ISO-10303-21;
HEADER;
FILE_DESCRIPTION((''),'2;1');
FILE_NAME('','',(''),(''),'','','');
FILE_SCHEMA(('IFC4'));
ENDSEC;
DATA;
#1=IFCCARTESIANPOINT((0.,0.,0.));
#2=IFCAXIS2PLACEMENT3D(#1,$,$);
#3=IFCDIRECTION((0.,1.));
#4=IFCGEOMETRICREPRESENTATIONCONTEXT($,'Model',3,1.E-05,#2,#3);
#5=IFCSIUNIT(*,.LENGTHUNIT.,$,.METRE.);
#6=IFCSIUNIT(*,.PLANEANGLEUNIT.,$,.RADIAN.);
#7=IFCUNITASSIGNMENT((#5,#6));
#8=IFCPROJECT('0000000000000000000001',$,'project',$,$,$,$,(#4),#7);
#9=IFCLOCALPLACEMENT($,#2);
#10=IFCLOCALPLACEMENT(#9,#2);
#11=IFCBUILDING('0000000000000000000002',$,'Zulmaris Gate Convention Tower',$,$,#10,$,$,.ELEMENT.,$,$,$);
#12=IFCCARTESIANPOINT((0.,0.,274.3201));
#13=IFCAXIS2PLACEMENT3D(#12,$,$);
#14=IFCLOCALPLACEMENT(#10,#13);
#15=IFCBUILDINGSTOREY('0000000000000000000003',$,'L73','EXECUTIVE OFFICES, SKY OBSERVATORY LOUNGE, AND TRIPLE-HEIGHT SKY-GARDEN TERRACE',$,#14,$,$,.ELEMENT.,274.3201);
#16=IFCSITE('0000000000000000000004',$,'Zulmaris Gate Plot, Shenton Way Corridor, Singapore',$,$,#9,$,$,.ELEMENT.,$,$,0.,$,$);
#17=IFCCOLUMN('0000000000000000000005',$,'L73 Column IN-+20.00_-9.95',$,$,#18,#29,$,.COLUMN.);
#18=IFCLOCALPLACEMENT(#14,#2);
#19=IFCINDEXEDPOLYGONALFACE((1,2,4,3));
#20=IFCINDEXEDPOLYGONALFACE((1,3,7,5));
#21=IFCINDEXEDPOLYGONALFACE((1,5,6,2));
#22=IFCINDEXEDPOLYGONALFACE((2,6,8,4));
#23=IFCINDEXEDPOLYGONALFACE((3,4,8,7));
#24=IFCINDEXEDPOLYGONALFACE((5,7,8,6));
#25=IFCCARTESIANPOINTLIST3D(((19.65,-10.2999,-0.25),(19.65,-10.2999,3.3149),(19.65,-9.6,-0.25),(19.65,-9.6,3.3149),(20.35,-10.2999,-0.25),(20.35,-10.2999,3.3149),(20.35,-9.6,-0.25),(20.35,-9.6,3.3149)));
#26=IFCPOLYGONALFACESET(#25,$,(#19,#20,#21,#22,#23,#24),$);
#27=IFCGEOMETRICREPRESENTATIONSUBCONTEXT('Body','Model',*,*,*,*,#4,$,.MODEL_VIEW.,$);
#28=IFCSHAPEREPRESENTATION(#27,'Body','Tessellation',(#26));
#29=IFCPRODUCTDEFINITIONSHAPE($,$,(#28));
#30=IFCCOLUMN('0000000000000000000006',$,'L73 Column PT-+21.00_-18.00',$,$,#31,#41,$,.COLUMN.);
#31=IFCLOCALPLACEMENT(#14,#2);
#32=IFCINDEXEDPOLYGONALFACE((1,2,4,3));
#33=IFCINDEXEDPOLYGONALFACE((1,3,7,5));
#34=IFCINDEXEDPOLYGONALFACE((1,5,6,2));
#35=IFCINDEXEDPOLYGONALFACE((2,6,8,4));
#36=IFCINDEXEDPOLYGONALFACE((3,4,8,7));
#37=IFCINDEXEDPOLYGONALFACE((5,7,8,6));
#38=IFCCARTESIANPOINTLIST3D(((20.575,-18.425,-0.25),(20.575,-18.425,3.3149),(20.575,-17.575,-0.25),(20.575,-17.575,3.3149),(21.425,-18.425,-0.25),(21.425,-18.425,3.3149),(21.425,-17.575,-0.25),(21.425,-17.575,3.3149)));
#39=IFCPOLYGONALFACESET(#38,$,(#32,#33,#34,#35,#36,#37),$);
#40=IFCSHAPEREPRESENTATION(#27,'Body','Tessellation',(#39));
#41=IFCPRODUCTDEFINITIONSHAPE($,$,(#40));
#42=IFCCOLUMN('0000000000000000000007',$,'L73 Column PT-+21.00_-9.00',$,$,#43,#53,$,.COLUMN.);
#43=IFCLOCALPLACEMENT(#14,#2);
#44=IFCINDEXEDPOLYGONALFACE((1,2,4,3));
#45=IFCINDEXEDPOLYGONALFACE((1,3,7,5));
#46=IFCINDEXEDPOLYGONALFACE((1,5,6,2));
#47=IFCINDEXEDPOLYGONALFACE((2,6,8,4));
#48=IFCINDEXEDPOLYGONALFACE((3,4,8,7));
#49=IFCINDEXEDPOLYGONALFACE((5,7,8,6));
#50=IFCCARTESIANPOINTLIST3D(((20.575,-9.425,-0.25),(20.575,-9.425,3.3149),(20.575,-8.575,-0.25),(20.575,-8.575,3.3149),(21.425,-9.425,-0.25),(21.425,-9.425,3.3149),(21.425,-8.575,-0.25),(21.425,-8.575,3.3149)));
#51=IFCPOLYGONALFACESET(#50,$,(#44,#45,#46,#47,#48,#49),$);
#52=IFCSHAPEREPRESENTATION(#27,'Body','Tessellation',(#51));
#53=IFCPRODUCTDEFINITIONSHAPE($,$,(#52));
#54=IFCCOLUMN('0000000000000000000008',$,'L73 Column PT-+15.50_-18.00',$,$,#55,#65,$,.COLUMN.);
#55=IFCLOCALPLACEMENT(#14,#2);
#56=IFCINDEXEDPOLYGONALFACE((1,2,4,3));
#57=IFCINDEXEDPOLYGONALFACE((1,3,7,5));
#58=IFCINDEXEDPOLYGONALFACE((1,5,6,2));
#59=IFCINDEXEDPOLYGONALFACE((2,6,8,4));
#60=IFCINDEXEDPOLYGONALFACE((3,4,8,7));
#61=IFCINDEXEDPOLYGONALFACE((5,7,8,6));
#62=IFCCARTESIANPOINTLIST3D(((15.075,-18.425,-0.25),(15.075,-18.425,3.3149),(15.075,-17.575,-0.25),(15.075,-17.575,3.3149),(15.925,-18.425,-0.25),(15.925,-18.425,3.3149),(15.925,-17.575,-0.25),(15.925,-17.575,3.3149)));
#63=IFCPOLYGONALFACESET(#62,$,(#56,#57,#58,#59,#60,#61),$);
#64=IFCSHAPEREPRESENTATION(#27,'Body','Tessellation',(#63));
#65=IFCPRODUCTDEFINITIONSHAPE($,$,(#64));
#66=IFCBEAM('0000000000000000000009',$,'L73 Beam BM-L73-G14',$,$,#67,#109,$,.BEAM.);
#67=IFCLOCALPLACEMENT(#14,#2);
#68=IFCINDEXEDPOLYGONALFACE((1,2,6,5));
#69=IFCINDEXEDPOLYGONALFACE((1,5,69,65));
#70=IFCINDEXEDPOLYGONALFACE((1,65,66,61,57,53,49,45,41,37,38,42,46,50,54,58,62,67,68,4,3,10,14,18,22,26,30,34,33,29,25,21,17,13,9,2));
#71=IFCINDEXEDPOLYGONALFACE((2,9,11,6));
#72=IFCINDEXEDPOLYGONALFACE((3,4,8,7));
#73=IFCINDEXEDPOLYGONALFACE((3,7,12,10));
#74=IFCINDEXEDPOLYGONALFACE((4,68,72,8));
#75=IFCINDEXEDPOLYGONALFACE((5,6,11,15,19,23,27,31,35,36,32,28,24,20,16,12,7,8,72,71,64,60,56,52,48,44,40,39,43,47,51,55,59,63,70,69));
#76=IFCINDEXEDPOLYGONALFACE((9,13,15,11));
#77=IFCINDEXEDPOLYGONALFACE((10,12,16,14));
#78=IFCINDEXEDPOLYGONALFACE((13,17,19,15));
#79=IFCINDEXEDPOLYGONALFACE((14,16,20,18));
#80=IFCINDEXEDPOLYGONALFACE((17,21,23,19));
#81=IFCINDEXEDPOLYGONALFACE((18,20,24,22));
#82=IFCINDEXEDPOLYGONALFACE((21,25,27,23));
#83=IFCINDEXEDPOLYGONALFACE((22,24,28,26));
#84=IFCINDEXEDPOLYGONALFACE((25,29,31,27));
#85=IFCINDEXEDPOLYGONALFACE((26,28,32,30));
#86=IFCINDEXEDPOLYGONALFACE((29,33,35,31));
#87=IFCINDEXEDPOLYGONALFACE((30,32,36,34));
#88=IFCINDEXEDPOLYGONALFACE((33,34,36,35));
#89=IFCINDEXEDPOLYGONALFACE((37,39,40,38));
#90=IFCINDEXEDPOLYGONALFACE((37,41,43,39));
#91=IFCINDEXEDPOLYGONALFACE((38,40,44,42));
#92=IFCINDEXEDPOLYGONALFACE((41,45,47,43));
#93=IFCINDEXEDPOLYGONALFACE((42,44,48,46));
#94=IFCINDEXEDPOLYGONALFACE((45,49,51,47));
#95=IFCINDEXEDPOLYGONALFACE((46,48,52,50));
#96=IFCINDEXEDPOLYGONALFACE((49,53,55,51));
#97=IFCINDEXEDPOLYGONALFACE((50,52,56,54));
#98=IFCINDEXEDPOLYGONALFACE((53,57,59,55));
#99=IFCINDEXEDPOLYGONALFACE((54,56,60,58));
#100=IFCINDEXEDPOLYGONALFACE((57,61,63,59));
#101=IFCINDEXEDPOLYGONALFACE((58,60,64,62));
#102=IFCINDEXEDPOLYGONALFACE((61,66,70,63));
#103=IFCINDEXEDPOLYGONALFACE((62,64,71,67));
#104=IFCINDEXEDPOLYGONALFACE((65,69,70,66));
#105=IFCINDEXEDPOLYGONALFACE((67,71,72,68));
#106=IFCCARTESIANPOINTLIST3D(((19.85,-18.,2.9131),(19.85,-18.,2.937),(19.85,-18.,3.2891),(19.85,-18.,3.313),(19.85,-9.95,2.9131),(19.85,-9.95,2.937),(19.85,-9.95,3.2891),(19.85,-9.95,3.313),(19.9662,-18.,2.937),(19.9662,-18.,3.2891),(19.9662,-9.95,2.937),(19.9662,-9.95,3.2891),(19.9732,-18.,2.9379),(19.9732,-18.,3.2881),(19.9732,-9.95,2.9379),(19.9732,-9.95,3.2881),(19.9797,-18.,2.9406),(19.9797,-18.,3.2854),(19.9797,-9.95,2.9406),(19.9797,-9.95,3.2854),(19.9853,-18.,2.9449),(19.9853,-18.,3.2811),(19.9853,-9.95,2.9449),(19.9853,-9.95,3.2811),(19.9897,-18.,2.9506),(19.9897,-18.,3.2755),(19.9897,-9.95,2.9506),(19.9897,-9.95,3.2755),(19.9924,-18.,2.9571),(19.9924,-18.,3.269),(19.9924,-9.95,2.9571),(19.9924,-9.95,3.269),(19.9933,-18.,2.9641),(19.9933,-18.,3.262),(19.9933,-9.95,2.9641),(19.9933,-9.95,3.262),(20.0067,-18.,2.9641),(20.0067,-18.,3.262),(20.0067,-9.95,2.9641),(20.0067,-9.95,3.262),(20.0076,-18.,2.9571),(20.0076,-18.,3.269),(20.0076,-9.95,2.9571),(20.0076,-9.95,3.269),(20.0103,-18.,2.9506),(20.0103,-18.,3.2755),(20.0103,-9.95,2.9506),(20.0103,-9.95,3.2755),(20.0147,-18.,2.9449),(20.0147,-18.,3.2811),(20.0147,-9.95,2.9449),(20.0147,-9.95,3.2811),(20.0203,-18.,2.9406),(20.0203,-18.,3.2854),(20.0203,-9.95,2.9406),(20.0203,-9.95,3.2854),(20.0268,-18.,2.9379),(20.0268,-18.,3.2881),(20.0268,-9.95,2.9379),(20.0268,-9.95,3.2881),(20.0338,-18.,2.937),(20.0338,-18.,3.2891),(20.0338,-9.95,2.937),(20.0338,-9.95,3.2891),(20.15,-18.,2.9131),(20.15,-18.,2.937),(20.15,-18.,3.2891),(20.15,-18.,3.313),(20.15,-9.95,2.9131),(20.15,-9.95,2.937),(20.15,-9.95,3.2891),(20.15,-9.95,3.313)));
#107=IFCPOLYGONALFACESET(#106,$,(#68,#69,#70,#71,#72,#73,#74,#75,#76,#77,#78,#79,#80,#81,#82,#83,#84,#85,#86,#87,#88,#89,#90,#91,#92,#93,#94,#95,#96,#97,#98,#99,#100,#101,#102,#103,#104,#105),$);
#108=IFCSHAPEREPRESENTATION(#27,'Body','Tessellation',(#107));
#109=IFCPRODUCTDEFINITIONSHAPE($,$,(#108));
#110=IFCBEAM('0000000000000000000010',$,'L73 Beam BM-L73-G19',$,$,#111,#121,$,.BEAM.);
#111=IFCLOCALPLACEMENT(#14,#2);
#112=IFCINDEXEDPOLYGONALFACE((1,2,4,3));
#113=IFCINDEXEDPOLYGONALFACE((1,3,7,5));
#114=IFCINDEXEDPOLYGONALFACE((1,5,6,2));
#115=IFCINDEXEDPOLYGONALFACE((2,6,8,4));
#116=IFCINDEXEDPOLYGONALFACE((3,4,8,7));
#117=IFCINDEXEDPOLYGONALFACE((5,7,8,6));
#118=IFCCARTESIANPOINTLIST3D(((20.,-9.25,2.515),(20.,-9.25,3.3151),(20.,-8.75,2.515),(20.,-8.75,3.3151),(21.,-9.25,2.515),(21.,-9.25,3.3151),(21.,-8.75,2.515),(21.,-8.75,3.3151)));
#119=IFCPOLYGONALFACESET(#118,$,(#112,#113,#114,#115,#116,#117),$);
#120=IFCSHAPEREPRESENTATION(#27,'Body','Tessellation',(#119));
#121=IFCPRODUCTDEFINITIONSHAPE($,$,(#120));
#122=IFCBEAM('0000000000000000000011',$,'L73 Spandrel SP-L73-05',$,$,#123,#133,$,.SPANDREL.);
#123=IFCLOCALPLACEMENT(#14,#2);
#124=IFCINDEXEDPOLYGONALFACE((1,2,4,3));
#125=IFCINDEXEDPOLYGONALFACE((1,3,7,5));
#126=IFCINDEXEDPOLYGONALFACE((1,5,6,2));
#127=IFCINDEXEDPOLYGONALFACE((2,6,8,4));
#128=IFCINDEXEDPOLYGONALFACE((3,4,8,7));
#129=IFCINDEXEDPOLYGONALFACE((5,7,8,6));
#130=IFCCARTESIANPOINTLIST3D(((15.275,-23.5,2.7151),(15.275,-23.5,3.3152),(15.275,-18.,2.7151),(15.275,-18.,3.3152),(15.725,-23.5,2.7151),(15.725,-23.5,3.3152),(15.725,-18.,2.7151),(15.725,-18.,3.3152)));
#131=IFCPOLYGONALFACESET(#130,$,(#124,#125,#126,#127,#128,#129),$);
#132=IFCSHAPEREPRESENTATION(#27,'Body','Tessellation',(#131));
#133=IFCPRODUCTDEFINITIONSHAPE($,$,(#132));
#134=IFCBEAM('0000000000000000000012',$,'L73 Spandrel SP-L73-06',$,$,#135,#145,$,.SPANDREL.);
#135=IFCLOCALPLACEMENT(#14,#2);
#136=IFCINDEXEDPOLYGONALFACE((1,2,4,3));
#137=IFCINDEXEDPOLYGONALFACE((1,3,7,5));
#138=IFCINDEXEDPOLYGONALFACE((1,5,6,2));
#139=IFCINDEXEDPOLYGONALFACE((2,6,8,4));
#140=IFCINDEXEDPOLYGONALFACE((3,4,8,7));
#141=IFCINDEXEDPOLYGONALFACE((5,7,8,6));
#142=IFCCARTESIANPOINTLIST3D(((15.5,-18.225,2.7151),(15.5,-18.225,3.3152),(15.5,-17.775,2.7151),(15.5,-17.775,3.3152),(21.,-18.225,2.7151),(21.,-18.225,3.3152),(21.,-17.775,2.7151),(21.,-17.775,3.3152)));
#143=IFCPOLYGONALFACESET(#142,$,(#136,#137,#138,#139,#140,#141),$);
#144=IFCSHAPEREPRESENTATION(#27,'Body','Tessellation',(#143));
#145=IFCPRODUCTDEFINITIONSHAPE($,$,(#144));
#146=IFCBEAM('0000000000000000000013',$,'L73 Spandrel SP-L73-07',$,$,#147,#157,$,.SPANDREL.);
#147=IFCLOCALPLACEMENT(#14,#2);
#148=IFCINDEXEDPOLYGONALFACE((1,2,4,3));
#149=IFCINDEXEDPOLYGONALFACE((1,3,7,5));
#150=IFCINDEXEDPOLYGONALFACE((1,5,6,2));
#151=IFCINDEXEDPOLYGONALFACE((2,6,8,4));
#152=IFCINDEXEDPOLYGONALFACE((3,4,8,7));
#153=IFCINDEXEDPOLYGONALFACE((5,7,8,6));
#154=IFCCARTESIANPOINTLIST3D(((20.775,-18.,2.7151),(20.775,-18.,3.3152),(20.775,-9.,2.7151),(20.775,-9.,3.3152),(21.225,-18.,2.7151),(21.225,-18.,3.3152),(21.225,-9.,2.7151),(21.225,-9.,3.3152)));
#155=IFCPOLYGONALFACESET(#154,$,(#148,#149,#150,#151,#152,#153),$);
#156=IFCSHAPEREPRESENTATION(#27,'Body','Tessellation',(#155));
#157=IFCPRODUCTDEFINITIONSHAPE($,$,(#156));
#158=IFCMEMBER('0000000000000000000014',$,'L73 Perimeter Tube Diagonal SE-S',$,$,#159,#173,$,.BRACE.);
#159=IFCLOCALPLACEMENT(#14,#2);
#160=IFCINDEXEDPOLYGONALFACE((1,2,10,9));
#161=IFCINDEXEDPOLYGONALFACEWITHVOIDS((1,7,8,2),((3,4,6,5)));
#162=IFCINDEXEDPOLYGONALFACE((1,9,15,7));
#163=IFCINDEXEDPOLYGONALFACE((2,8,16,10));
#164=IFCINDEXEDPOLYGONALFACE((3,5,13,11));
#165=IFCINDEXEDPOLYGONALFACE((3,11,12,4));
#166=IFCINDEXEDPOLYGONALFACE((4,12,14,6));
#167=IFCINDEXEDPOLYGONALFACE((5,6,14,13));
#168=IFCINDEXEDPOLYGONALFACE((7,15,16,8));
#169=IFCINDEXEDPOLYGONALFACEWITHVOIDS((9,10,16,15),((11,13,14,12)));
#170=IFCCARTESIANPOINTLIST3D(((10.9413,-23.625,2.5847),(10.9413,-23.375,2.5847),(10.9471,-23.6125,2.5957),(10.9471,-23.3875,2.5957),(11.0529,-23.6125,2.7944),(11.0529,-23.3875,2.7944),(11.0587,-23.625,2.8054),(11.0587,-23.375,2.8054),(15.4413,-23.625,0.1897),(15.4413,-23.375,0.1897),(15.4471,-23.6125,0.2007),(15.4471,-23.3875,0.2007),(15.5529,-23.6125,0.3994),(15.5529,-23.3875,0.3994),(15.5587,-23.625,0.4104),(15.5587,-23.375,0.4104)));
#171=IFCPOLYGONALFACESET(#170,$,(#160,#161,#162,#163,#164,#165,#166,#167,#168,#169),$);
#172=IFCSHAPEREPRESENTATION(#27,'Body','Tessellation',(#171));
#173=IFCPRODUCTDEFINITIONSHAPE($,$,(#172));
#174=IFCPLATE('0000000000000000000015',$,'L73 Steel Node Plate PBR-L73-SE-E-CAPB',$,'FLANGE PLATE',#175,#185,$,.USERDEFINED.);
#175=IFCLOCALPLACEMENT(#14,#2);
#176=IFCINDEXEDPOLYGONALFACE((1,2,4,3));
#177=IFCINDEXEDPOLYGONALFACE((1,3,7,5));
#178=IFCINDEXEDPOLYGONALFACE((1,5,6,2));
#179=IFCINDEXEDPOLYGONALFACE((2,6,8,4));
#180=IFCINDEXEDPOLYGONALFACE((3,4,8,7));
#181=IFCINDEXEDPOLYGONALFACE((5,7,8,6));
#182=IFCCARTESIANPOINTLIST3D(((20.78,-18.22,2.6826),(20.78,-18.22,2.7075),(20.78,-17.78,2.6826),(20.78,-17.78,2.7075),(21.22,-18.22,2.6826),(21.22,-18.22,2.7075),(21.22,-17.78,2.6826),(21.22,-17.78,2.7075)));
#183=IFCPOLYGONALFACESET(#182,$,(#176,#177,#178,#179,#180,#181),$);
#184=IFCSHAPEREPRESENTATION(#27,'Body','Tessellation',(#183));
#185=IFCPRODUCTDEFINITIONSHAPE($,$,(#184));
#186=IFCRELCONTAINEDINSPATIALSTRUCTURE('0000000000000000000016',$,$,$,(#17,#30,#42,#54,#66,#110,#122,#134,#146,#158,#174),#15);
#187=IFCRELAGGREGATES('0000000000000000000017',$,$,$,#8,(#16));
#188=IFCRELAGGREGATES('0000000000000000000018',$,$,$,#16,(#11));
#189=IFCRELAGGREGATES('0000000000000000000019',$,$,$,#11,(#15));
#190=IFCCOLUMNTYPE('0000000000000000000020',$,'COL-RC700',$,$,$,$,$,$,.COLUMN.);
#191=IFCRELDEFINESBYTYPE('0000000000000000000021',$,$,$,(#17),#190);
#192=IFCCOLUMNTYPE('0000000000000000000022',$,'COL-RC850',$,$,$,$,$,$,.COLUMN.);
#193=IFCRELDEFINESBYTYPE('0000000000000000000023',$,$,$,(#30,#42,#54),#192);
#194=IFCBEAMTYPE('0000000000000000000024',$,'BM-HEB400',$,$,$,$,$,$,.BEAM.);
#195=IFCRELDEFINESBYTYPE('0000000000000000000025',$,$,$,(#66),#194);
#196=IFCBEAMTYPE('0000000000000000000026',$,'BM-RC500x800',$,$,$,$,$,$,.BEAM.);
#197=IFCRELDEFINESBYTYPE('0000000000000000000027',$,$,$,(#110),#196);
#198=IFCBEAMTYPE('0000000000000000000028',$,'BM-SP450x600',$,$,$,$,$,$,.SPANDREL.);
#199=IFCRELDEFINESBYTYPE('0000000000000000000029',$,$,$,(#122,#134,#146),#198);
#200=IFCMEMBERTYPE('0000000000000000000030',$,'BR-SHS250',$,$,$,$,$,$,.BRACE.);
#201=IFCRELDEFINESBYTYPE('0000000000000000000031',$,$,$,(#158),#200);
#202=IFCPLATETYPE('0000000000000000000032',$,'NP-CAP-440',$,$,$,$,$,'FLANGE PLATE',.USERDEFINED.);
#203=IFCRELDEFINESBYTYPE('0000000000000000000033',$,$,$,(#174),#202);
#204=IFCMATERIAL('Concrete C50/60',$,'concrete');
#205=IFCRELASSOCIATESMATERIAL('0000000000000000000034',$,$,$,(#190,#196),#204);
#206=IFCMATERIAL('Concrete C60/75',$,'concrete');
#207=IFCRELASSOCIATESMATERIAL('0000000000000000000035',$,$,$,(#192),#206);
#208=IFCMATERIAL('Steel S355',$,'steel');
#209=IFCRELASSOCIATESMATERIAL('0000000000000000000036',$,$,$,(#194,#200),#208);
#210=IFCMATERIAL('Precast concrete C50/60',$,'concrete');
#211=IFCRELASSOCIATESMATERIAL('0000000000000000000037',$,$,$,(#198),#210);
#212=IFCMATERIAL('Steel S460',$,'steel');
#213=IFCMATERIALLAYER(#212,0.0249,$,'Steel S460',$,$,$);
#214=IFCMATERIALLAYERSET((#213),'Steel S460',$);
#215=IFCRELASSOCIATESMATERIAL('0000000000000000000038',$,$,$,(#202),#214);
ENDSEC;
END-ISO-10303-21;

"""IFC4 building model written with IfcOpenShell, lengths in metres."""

from ifc_helpers import new_model, si_unit, direction, frame, origin, origin_2d, place, context, subcontext, project, spatial, rectangle, hollow_rectangle, i_section, extrude, material, layer, layer_set, material_profile, profile_set, type_object, element, save


model = new_model("IFC4")

# Units and contexts
model_context = context("Model", 3, precision=1e-05, world=origin(), true_north=direction((0.0, 1.0)))
body_context = subcontext(model_context, "Body", "Model", "MODEL_VIEW")
ifc_project = project(units=[si_unit("LENGTHUNIT", "METRE"), si_unit("PLANEANGLEUNIT", "RADIAN")], contexts=[model_context])

# Site, building, storey
site_placement = place(None, origin())
site = spatial("IfcSite", under=ifc_project, at=site_placement, Name="Zulmaris Gate Plot, Shenton Way Corridor, Singapore", CompositionType="ELEMENT", RefElevation=0.0)
building_placement = place(site_placement, origin())
building = spatial("IfcBuilding", under=site, at=building_placement, Name="Zulmaris Gate Convention Tower", CompositionType="ELEMENT")
storey_placement = place(building_placement, frame((0.0, 0.0, 274.3201)))
storey = spatial("IfcBuildingStorey", under=building, at=storey_placement, Name="L73", Description="EXECUTIVE OFFICES, SKY OBSERVATORY LOUNGE, AND TRIPLE-HEIGHT SKY-GARDEN TERRACE", CompositionType="ELEMENT", Elevation=274.3201)

# Columns
ifc_material_1 = material(Name="Concrete C50/60", Category="concrete")
ifc_material_profile_1 = material_profile(ifc_material_1, rectangle(XDim=0.7, YDim=0.7, at=origin_2d()), Name="RC COL 700x700")
ifc_profile_set_1 = profile_set([ifc_material_profile_1], Name="Concrete C50/60")
column_type_1 = type_object("IfcColumnType", Name="COL-RC700", PredefinedType="COLUMN", material=ifc_profile_set_1)
column_placement = place(storey_placement, frame((20.0, -9.95, -0.25), z_axis=(0.0, 0.0, 1.0), x_axis=(1.0, 0.0, 0.0)))
element("IfcColumn", 1, at=column_placement, inside=storey, type_object=column_type_1, Name="L73 Column IN-+20.00_-9.95", PredefinedType="COLUMN", context=body_context, shape_type="SweptSolid", body=[
    extrude(rectangle(XDim=0.7, YDim=0.7, at=origin_2d()), origin(), (0.0, 0.0, 1.0), 3.5649),
])
ifc_material_2 = material(Name="Concrete C60/75", Category="concrete")
ifc_material_profile_2 = material_profile(ifc_material_2, rectangle(XDim=0.8501, YDim=0.8501, at=origin_2d()), Name="RC COL 850x850")
ifc_profile_set_2 = profile_set([ifc_material_profile_2], Name="Concrete C60/75")
column_type_2 = type_object("IfcColumnType", Name="COL-RC850", PredefinedType="COLUMN", material=ifc_profile_set_2)
for number, where, z_axis, x_axis, name in (
    (2, (21.0, -18.0, -0.25), (0.0, 0.0, 1.0), (1.0, 0.0, 0.0), "L73 Column PT-+21.00_-18.00"),
    (3, (21.0, -9.0, -0.25), (0.0, 0.0, 1.0), (1.0, 0.0, 0.0), "L73 Column PT-+21.00_-9.00"),
    (4, (15.5, -18.0, -0.25), (0.0, 0.0, 1.0), (1.0, 0.0, 0.0), "L73 Column PT-+15.50_-18.00"),
):
    element("IfcColumn", number, at=place(storey_placement, frame(where, z_axis=z_axis, x_axis=x_axis)), inside=storey, type_object=column_type_2, Name=name, PredefinedType="COLUMN", context=body_context, shape_type="SweptSolid", body=[
        extrude(rectangle(XDim=0.8501, YDim=0.8501, at=origin_2d()), origin(), (0.0, 0.0, 1.0), 3.5649),
    ])

# Beams
ifc_material_3 = material(Name="Steel S355", Category="steel")
ifc_material_profile_3 = material_profile(ifc_material_3, i_section(OverallWidth=0.3, OverallDepth=0.3999, WebThickness=0.0134, FlangeThickness=0.0239, FilletRadius=0.0271, at=origin_2d()), Name="HEB 400")
ifc_profile_set_3 = profile_set([ifc_material_profile_3], Name="Steel S355")
beam_type_1 = type_object("IfcBeamType", Name="BM-HEB400", PredefinedType="BEAM", material=ifc_profile_set_3)
beam_1_placement = place(storey_placement, frame((20.0, -18.0, 3.113), z_axis=(0.0, 1.0, 0.0), x_axis=(-1.0, 0.0, 0.0)))
element("IfcBeam", 5, at=beam_1_placement, inside=storey, type_object=beam_type_1, Name="L73 Beam BM-L73-G14", PredefinedType="BEAM", context=body_context, shape_type="SweptSolid", body=[
    extrude(i_section(OverallWidth=0.3, OverallDepth=0.3999, WebThickness=0.0134, FlangeThickness=0.0239, FilletRadius=0.0271, at=origin_2d()), origin(), (0.0, 0.0, 1.0), 8.05),
])
ifc_material_profile_4 = material_profile(ifc_material_1, rectangle(XDim=0.5, YDim=0.8, at=origin_2d()), Name="RC BEAM 500x800")
ifc_profile_set_4 = profile_set([ifc_material_profile_4], Name="Concrete C50/60")
beam_type_2 = type_object("IfcBeamType", Name="BM-RC500x800", PredefinedType="BEAM", material=ifc_profile_set_4)
beam_2_placement = place(storey_placement, frame((20.0, -9.0, 2.915), z_axis=(1.0, 0.0, 0.0), x_axis=(0.0, 1.0, 0.0)))
element("IfcBeam", 6, at=beam_2_placement, inside=storey, type_object=beam_type_2, Name="L73 Beam BM-L73-G19", PredefinedType="BEAM", context=body_context, shape_type="SweptSolid", body=[
    extrude(rectangle(XDim=0.5, YDim=0.8, at=origin_2d()), origin(), (0.0, 0.0, 1.0), 1.0),
])
ifc_material_4 = material(Name="Precast concrete C50/60", Category="concrete")
ifc_material_profile_5 = material_profile(ifc_material_4, rectangle(XDim=0.45, YDim=0.6001, at=origin_2d()), Name="RC SPANDREL 450x600")
ifc_profile_set_5 = profile_set([ifc_material_profile_5], Name="Precast concrete C50/60")
beam_type_3 = type_object("IfcBeamType", Name="BM-SP450x600", PredefinedType="SPANDREL", material=ifc_profile_set_5)
for number, where, z_axis, x_axis, name in (
    (7, (15.5, -23.5, 3.0151), (0.0, 1.0, 0.0), (-1.0, 0.0, 0.0), "L73 Spandrel SP-L73-05"),
    (8, (15.5, -18.0, 3.0151), (1.0, 0.0, 0.0), (0.0, 1.0, 0.0), "L73 Spandrel SP-L73-06"),
):
    element("IfcBeam", number, at=place(storey_placement, frame(where, z_axis=z_axis, x_axis=x_axis)), inside=storey, type_object=beam_type_3, Name=name, PredefinedType="SPANDREL", context=body_context, shape_type="SweptSolid", body=[
        extrude(rectangle(XDim=0.45, YDim=0.6001, at=origin_2d()), origin(), (0.0, 0.0, 1.0), 5.5),
    ])
beam_3_placement = place(storey_placement, frame((21.0, -18.0, 3.0151), z_axis=(0.0, 1.0, 0.0), x_axis=(-1.0, 0.0, 0.0)))
element("IfcBeam", 9, at=beam_3_placement, inside=storey, type_object=beam_type_3, Name="L73 Spandrel SP-L73-07", PredefinedType="SPANDREL", context=body_context, shape_type="SweptSolid", body=[
    extrude(rectangle(XDim=0.45, YDim=0.6001, at=origin_2d()), origin(), (0.0, 0.0, 1.0), 9.0),
])

# Member
ifc_material_profile_6 = material_profile(ifc_material_3, hollow_rectangle(XDim=0.25, YDim=0.25, WallThickness=0.0125, at=origin_2d()), Name="SHS 250x250x12.5")
ifc_profile_set_6 = profile_set([ifc_material_profile_6], Name="Steel S355")
member_type = type_object("IfcMemberType", Name="BR-SHS250", PredefinedType="BRACE", material=ifc_profile_set_6)
member_placement = place(storey_placement, frame((15.5, -23.5, 0.3), z_axis=(-0.882758, 0.0, 0.469827), x_axis=(0.0, -1.0, 0.0)))
element("IfcMember", 10, at=member_placement, inside=storey, type_object=member_type, Name="L73 Perimeter Tube Diagonal SE-S", PredefinedType="BRACE", context=body_context, shape_type="SweptSolid", body=[
    extrude(hollow_rectangle(XDim=0.25, YDim=0.25, WallThickness=0.0125, at=origin_2d()), origin(), (0.0, 0.0, 1.0), 5.0977),
])

# Plate
ifc_material_5 = material(Name="Steel S460", Category="steel")
ifc_layer_1 = layer(ifc_material_5, 0.0249, Name="Steel S460")
ifc_layer_set_1 = layer_set([ifc_layer_1], Name="Steel S460")
plate_type = type_object("IfcPlateType", Name="NP-CAP-440", ElementType="FLANGE PLATE", PredefinedType="USERDEFINED", material=ifc_layer_set_1)
for number, where, z_axis, x_axis, name in (
    (11, (21.0, -18.0, 2.6826), (0.0, 0.0, 1.0), (1.0, 0.0, 0.0), "L73 Steel Node Plate PBR-L73-SE-E-CAPB"),
):
    element("IfcPlate", number, at=place(storey_placement, frame(where, z_axis=z_axis, x_axis=x_axis)), inside=storey, type_object=plate_type, Name=name, ObjectType="FLANGE PLATE", PredefinedType="USERDEFINED", context=body_context, shape_type="SweptSolid", body=[
        extrude(rectangle(XDim=0.4399, YDim=0.4399, at=origin_2d()), origin(), (0.0, 0.0, 1.0), 0.0249),
    ])

save(model, "model.ifc")
